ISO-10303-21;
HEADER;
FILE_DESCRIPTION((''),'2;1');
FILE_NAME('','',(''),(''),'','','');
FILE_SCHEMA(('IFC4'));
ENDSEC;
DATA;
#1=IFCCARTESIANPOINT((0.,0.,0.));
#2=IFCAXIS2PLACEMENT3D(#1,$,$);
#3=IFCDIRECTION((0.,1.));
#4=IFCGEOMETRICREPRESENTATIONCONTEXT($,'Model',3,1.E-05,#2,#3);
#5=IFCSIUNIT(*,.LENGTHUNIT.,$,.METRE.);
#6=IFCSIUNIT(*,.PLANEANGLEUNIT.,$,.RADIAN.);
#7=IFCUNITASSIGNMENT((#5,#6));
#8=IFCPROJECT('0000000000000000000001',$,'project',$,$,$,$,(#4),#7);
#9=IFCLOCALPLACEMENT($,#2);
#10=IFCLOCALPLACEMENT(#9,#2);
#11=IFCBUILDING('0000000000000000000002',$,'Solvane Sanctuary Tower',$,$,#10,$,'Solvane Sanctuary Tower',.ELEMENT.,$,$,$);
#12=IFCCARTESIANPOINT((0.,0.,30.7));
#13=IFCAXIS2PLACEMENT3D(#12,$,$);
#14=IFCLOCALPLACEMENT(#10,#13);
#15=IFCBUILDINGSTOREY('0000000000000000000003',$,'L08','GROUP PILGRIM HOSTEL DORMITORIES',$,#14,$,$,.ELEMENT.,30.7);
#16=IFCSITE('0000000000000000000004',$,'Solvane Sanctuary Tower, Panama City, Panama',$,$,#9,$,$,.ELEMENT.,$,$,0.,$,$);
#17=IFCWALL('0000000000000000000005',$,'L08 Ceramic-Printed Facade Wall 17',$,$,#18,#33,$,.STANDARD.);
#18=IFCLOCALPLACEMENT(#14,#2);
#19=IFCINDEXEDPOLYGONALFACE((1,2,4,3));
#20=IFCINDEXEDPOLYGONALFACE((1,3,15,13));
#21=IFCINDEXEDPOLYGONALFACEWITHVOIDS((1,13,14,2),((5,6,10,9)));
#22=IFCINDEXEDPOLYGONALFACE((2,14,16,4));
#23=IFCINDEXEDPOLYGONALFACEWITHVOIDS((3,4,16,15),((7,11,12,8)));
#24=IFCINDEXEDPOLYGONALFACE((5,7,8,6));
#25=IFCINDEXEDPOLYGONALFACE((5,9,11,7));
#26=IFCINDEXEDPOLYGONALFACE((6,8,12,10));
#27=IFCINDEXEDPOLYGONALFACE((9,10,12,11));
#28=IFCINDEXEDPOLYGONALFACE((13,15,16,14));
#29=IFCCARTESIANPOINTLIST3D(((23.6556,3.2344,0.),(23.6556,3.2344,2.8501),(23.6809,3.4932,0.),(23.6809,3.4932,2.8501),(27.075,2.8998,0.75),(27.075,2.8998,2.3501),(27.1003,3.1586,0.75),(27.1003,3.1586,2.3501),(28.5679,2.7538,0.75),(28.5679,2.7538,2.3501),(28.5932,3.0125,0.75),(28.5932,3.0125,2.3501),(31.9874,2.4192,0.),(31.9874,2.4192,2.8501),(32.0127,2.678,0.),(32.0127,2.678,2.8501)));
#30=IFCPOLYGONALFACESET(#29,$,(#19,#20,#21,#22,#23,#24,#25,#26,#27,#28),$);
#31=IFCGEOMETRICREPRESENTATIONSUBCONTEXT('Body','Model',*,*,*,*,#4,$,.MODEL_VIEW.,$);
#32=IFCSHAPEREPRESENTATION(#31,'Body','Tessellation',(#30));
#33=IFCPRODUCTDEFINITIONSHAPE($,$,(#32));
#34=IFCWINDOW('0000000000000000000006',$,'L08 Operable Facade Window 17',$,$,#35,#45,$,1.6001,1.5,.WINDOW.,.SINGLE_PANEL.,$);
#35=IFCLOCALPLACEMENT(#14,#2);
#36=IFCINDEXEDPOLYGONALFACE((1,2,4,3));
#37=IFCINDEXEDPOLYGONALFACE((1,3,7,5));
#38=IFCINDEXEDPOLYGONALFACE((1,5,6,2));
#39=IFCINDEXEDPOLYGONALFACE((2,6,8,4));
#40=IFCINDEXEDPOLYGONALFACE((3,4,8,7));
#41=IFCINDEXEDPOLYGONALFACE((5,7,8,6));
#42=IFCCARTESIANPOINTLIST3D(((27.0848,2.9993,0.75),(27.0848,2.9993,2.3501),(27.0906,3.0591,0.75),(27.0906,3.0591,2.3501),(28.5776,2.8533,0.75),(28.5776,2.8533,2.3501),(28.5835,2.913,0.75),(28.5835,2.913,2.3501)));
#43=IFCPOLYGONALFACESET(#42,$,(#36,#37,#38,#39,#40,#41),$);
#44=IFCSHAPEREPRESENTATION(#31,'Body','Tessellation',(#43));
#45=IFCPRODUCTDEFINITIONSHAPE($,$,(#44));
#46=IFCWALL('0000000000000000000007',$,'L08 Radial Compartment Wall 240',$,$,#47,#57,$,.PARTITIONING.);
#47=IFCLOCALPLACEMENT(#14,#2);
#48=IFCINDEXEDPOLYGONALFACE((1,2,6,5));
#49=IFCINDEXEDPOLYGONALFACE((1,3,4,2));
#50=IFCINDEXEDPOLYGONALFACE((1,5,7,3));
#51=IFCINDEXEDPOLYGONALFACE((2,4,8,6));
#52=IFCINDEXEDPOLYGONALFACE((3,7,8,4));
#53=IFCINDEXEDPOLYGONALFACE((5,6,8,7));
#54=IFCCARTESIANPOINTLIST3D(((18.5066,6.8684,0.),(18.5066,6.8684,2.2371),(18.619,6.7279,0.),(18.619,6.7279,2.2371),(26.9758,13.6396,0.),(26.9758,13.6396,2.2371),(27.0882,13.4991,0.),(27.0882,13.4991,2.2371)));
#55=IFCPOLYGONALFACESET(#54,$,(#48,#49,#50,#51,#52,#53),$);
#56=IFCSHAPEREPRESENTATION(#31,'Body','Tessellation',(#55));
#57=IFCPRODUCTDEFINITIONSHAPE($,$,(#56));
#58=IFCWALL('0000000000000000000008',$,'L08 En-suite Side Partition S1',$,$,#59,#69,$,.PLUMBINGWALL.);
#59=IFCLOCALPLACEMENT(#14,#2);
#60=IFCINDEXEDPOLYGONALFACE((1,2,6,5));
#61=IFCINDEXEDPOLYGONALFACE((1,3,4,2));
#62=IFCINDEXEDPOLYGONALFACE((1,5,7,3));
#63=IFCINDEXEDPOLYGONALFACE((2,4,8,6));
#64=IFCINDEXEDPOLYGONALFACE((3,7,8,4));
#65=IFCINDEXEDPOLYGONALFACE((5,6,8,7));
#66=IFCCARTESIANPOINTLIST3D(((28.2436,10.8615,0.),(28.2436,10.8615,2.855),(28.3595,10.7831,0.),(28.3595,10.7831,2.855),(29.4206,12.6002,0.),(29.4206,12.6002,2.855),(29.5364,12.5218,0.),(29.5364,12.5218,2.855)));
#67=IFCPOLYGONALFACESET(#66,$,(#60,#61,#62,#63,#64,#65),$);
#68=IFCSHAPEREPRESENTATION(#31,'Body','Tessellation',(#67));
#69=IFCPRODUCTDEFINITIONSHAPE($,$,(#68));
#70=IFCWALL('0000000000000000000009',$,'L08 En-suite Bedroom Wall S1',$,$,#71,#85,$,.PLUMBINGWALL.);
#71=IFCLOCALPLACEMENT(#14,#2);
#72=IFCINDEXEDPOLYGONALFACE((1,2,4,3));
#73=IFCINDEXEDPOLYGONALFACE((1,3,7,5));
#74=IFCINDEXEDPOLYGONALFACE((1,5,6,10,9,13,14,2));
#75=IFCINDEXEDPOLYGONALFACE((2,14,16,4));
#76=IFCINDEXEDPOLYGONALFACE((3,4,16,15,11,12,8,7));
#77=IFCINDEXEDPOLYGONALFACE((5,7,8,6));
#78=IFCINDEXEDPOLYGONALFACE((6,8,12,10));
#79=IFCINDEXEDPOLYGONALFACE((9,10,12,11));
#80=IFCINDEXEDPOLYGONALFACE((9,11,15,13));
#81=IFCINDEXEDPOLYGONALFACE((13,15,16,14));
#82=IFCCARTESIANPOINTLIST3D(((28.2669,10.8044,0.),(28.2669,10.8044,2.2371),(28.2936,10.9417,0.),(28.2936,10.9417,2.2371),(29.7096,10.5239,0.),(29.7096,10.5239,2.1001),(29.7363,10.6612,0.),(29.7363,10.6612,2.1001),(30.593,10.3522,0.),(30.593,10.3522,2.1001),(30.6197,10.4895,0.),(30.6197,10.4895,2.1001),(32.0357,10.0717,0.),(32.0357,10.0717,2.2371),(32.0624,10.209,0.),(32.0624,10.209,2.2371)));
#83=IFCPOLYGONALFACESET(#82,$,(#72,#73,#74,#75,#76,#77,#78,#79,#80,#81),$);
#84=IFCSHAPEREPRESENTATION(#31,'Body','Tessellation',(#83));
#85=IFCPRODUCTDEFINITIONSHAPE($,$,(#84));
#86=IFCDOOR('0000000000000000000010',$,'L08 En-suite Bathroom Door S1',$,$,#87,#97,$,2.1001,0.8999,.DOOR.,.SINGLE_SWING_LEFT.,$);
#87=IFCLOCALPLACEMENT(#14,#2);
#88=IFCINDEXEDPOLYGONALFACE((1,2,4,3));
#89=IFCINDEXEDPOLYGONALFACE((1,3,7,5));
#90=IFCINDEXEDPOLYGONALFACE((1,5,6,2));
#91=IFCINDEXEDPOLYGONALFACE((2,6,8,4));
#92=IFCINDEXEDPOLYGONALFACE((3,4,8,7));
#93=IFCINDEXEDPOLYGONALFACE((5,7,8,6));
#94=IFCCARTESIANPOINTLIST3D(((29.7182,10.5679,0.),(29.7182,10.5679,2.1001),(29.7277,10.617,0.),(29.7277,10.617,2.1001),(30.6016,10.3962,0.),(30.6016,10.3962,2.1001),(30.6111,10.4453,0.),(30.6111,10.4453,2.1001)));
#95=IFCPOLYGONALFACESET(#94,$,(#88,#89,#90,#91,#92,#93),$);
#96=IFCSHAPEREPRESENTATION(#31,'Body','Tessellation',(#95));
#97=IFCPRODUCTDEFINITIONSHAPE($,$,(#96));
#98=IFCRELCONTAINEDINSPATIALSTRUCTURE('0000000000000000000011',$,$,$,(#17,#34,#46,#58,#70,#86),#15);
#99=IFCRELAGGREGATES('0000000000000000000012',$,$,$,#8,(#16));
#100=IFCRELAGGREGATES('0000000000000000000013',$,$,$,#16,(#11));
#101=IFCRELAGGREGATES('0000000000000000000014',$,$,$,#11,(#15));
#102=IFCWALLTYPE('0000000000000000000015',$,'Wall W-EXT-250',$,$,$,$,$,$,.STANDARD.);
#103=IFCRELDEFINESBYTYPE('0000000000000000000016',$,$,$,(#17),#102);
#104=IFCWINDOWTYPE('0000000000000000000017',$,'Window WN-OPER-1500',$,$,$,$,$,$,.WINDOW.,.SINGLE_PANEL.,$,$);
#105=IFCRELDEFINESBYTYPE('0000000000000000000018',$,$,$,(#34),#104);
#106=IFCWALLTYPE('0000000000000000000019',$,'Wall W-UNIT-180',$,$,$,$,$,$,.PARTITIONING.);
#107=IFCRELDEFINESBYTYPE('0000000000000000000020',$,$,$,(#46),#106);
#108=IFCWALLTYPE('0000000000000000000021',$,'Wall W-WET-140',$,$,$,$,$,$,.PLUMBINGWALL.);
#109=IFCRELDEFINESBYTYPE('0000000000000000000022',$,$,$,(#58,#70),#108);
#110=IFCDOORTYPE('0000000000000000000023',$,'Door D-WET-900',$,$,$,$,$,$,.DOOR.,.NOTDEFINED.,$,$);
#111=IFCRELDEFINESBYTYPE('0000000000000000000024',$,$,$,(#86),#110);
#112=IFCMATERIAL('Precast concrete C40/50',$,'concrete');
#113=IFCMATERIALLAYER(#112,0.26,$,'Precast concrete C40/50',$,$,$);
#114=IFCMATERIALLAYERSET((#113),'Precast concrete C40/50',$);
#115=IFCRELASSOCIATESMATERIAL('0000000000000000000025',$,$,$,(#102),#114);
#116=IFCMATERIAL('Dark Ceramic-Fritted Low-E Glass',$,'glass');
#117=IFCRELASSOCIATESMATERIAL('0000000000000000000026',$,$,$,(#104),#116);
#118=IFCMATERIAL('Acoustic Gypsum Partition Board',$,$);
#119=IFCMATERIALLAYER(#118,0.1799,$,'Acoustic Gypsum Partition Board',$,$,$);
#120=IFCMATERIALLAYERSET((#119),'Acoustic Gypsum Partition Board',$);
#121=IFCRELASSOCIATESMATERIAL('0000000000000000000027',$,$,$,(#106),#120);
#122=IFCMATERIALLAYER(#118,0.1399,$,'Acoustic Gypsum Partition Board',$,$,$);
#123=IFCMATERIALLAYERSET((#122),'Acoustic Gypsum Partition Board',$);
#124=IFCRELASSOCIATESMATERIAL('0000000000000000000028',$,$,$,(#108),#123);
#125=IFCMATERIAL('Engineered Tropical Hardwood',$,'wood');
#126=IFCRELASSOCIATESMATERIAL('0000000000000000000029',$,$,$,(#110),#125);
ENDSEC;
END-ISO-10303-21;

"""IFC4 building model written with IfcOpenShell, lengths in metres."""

from ifc_helpers import new_model, si_unit, direction, frame, frame_2d, origin, place, context, subcontext, project, spatial, rectangle, extrude, material, layer, layer_set, type_object, element, fill, save


model = new_model("IFC4")

# Units and contexts
model_context = context("Model", 3, precision=1e-05, world=origin(), true_north=direction((0.0, 1.0)))
body_context = subcontext(model_context, "Body", "Model", "MODEL_VIEW")
ifc_project = project(units=[si_unit("LENGTHUNIT", "METRE"), si_unit("PLANEANGLEUNIT", "RADIAN")], contexts=[model_context])

# Site, building, storey
site_placement = place(None, origin())
site = spatial("IfcSite", under=ifc_project, at=site_placement, Name="Solvane Sanctuary Tower, Panama City, Panama", CompositionType="ELEMENT", RefElevation=0.0)
building_placement = place(site_placement, origin())
building = spatial("IfcBuilding", under=site, at=building_placement, Name="Solvane Sanctuary Tower", LongName="Solvane Sanctuary Tower", CompositionType="ELEMENT")
storey_placement = place(building_placement, frame((0.0, 0.0, 30.7)))
storey = spatial("IfcBuildingStorey", under=building, at=storey_placement, Name="L08", Description="GROUP PILGRIM HOSTEL DORMITORIES", CompositionType="ELEMENT", Elevation=30.7)

# Shared definitions
ifc_material_1 = material(Name="Acoustic Gypsum Partition Board")

# Shared definitions
ifc_material_2 = material(Name="Engineered Tropical Hardwood", Category="wood")

# Wall, opening, window
ifc_material_3 = material(Name="Precast concrete C40/50", Category="concrete")
ifc_layer_1 = layer(ifc_material_3, 0.26, Name="Precast concrete C40/50")
ifc_layer_set_1 = layer_set([ifc_layer_1], Name="Precast concrete C40/50")
wall_type_1 = type_object("IfcWallType", Name="Wall W-EXT-250", PredefinedType="STANDARD", material=ifc_layer_set_1)
wall_1_placement = place(storey_placement, frame((23.6682, 3.3638, 0.0), z_axis=(0.0, 0.0, 1.0), x_axis=(0.995248, -0.097375, 0.0)))
wall_1 = element("IfcWall", 1, at=wall_1_placement, inside=storey, type_object=wall_type_1, Name="L08 Ceramic-Printed Facade Wall 17", PredefinedType="STANDARD", context=body_context, shape_type="SweptSolid", body=[
    extrude(rectangle(XDim=8.3716, YDim=0.26, at=frame_2d((4.1858, 0.0))), origin(), (0.0, 0.0, 1.0), 2.8501),
])
opening_1_placement = place(wall_1_placement, frame((3.4358, 0.0, 0.75)))
opening_1 = element("IfcOpeningElement", 2, at=opening_1_placement, cuts=wall_1, PredefinedType="OPENING", context=body_context, shape_type="SweptSolid", body=[
    extrude(rectangle(XDim=1.5, YDim=1.6001, at=frame_2d((0.75, 0.8))), frame((0.0, 0.1399, 0.0), z_axis=(0.0, -1.0, 0.0), x_axis=(1.0, 0.0, 0.0)), (0.0, 0.0, 1.0), 0.28),
])
ifc_material_4 = material(Name="Dark Ceramic-Fritted Low-E Glass", Category="glass")
window_type = type_object("IfcWindowType", Name="Window WN-OPER-1500", PartitioningType="SINGLE_PANEL", PredefinedType="WINDOW", material=ifc_material_4)
window_placement = place(opening_1_placement, origin())
window = element("IfcWindow", 3, at=window_placement, inside=storey, type_object=window_type, Name="L08 Operable Facade Window 17", OverallHeight=1.6001, OverallWidth=1.5, PartitioningType="SINGLE_PANEL", PredefinedType="WINDOW", context=body_context, shape_type="SweptSolid", body=[
    extrude(rectangle(XDim=1.5, YDim=1.6001, at=frame_2d((0.75, 0.8))), frame((0.0, 0.03, 0.0), z_axis=(0.0, -1.0, 0.0), x_axis=(1.0, 0.0, 0.0)), (0.0, 0.0, 1.0), 0.0601),
])
fill(opening_1, window)

# Walls
ifc_layer_2 = layer(ifc_material_1, 0.1799, Name="Acoustic Gypsum Partition Board")
ifc_layer_set_2 = layer_set([ifc_layer_2], Name="Acoustic Gypsum Partition Board")
wall_type_2 = type_object("IfcWallType", Name="Wall W-UNIT-180", PredefinedType="PARTITIONING", material=ifc_layer_set_2)
wall_2_placement = place(storey_placement, frame((27.032, 13.5693, 0.0), z_axis=(0.0, 0.0, 1.0), x_axis=(-0.781055, -0.624462, 0.0)))
element("IfcWall", 4, at=wall_2_placement, inside=storey, type_object=wall_type_2, Name="L08 Radial Compartment Wall 240", PredefinedType="PARTITIONING", context=body_context, shape_type="SweptSolid", body=[
    extrude(rectangle(XDim=10.8433, YDim=0.1799, at=frame_2d((5.4216, 0.0))), origin(), (0.0, 0.0, 1.0), 2.2371),
])
ifc_layer_3 = layer(ifc_material_1, 0.1399, Name="Acoustic Gypsum Partition Board")
ifc_layer_set_3 = layer_set([ifc_layer_3], Name="Acoustic Gypsum Partition Board")
wall_type_3 = type_object("IfcWallType", Name="Wall W-WET-140", PredefinedType="PLUMBINGWALL", material=ifc_layer_set_3)
wall_3_placement = place(storey_placement, frame((29.4785, 12.561, 0.0), z_axis=(0.0, 0.0, 1.0), x_axis=(-0.560563, -0.828112, 0.0)))
element("IfcWall", 5, at=wall_3_placement, inside=storey, type_object=wall_type_3, Name="L08 En-suite Side Partition S1", PredefinedType="PLUMBINGWALL", context=body_context, shape_type="SweptSolid", body=[
    extrude(rectangle(XDim=2.0996, YDim=0.1399, at=frame_2d((1.0498, 0.0))), origin(), (0.0, 0.0, 1.0), 2.855),
])

# Wall, opening, door
wall_4_placement = place(storey_placement, frame((28.2803, 10.873, 0.0), z_axis=(0.0, 0.0, 1.0), x_axis=(0.981623, -0.190831, 0.0)))
wall_4 = element("IfcWall", 6, at=wall_4_placement, inside=storey, type_object=wall_type_3, Name="L08 En-suite Bedroom Wall S1", PredefinedType="PLUMBINGWALL", context=body_context, shape_type="SweptSolid", body=[
    extrude(rectangle(XDim=3.8394, YDim=0.1399, at=frame_2d((1.9197, 0.0))), origin(), (0.0, 0.0, 1.0), 2.2371),
])
opening_2_placement = place(wall_4_placement, frame((1.4697, 0.0, 0.0)))
opening_2 = element("IfcOpeningElement", 7, at=opening_2_placement, cuts=wall_4, PredefinedType="OPENING", context=body_context, shape_type="SweptSolid", body=[
    extrude(rectangle(XDim=0.8999, YDim=2.1001, at=frame_2d((0.45, 1.05))), frame((0.0, 0.0798, 0.0), z_axis=(0.0, -1.0, 0.0), x_axis=(1.0, 0.0, 0.0)), (0.0, 0.0, 1.0), 0.1599),
])
door_type_1 = type_object("IfcDoorType", Name="Door D-WET-900", OperationType="NOTDEFINED", PredefinedType="DOOR", material=ifc_material_2)
door_1_placement = place(opening_2_placement, origin())
door_1 = element("IfcDoor", 8, at=door_1_placement, inside=storey, type_object=door_type_1, Name="L08 En-suite Bathroom Door S1", OperationType="SINGLE_SWING_LEFT", OverallHeight=2.1001, OverallWidth=0.8999, PredefinedType="DOOR", context=body_context, shape_type="SweptSolid", body=[
    extrude(rectangle(XDim=0.8999, YDim=2.1001, at=frame_2d((0.45, 1.05))), frame((0.0, 0.0249, 0.0), z_axis=(0.0, -1.0, 0.0), x_axis=(1.0, 0.0, 0.0)), (0.0, 0.0, 1.0), 0.05),
])
fill(opening_2, door_1)

save(model, "model.ifc")
